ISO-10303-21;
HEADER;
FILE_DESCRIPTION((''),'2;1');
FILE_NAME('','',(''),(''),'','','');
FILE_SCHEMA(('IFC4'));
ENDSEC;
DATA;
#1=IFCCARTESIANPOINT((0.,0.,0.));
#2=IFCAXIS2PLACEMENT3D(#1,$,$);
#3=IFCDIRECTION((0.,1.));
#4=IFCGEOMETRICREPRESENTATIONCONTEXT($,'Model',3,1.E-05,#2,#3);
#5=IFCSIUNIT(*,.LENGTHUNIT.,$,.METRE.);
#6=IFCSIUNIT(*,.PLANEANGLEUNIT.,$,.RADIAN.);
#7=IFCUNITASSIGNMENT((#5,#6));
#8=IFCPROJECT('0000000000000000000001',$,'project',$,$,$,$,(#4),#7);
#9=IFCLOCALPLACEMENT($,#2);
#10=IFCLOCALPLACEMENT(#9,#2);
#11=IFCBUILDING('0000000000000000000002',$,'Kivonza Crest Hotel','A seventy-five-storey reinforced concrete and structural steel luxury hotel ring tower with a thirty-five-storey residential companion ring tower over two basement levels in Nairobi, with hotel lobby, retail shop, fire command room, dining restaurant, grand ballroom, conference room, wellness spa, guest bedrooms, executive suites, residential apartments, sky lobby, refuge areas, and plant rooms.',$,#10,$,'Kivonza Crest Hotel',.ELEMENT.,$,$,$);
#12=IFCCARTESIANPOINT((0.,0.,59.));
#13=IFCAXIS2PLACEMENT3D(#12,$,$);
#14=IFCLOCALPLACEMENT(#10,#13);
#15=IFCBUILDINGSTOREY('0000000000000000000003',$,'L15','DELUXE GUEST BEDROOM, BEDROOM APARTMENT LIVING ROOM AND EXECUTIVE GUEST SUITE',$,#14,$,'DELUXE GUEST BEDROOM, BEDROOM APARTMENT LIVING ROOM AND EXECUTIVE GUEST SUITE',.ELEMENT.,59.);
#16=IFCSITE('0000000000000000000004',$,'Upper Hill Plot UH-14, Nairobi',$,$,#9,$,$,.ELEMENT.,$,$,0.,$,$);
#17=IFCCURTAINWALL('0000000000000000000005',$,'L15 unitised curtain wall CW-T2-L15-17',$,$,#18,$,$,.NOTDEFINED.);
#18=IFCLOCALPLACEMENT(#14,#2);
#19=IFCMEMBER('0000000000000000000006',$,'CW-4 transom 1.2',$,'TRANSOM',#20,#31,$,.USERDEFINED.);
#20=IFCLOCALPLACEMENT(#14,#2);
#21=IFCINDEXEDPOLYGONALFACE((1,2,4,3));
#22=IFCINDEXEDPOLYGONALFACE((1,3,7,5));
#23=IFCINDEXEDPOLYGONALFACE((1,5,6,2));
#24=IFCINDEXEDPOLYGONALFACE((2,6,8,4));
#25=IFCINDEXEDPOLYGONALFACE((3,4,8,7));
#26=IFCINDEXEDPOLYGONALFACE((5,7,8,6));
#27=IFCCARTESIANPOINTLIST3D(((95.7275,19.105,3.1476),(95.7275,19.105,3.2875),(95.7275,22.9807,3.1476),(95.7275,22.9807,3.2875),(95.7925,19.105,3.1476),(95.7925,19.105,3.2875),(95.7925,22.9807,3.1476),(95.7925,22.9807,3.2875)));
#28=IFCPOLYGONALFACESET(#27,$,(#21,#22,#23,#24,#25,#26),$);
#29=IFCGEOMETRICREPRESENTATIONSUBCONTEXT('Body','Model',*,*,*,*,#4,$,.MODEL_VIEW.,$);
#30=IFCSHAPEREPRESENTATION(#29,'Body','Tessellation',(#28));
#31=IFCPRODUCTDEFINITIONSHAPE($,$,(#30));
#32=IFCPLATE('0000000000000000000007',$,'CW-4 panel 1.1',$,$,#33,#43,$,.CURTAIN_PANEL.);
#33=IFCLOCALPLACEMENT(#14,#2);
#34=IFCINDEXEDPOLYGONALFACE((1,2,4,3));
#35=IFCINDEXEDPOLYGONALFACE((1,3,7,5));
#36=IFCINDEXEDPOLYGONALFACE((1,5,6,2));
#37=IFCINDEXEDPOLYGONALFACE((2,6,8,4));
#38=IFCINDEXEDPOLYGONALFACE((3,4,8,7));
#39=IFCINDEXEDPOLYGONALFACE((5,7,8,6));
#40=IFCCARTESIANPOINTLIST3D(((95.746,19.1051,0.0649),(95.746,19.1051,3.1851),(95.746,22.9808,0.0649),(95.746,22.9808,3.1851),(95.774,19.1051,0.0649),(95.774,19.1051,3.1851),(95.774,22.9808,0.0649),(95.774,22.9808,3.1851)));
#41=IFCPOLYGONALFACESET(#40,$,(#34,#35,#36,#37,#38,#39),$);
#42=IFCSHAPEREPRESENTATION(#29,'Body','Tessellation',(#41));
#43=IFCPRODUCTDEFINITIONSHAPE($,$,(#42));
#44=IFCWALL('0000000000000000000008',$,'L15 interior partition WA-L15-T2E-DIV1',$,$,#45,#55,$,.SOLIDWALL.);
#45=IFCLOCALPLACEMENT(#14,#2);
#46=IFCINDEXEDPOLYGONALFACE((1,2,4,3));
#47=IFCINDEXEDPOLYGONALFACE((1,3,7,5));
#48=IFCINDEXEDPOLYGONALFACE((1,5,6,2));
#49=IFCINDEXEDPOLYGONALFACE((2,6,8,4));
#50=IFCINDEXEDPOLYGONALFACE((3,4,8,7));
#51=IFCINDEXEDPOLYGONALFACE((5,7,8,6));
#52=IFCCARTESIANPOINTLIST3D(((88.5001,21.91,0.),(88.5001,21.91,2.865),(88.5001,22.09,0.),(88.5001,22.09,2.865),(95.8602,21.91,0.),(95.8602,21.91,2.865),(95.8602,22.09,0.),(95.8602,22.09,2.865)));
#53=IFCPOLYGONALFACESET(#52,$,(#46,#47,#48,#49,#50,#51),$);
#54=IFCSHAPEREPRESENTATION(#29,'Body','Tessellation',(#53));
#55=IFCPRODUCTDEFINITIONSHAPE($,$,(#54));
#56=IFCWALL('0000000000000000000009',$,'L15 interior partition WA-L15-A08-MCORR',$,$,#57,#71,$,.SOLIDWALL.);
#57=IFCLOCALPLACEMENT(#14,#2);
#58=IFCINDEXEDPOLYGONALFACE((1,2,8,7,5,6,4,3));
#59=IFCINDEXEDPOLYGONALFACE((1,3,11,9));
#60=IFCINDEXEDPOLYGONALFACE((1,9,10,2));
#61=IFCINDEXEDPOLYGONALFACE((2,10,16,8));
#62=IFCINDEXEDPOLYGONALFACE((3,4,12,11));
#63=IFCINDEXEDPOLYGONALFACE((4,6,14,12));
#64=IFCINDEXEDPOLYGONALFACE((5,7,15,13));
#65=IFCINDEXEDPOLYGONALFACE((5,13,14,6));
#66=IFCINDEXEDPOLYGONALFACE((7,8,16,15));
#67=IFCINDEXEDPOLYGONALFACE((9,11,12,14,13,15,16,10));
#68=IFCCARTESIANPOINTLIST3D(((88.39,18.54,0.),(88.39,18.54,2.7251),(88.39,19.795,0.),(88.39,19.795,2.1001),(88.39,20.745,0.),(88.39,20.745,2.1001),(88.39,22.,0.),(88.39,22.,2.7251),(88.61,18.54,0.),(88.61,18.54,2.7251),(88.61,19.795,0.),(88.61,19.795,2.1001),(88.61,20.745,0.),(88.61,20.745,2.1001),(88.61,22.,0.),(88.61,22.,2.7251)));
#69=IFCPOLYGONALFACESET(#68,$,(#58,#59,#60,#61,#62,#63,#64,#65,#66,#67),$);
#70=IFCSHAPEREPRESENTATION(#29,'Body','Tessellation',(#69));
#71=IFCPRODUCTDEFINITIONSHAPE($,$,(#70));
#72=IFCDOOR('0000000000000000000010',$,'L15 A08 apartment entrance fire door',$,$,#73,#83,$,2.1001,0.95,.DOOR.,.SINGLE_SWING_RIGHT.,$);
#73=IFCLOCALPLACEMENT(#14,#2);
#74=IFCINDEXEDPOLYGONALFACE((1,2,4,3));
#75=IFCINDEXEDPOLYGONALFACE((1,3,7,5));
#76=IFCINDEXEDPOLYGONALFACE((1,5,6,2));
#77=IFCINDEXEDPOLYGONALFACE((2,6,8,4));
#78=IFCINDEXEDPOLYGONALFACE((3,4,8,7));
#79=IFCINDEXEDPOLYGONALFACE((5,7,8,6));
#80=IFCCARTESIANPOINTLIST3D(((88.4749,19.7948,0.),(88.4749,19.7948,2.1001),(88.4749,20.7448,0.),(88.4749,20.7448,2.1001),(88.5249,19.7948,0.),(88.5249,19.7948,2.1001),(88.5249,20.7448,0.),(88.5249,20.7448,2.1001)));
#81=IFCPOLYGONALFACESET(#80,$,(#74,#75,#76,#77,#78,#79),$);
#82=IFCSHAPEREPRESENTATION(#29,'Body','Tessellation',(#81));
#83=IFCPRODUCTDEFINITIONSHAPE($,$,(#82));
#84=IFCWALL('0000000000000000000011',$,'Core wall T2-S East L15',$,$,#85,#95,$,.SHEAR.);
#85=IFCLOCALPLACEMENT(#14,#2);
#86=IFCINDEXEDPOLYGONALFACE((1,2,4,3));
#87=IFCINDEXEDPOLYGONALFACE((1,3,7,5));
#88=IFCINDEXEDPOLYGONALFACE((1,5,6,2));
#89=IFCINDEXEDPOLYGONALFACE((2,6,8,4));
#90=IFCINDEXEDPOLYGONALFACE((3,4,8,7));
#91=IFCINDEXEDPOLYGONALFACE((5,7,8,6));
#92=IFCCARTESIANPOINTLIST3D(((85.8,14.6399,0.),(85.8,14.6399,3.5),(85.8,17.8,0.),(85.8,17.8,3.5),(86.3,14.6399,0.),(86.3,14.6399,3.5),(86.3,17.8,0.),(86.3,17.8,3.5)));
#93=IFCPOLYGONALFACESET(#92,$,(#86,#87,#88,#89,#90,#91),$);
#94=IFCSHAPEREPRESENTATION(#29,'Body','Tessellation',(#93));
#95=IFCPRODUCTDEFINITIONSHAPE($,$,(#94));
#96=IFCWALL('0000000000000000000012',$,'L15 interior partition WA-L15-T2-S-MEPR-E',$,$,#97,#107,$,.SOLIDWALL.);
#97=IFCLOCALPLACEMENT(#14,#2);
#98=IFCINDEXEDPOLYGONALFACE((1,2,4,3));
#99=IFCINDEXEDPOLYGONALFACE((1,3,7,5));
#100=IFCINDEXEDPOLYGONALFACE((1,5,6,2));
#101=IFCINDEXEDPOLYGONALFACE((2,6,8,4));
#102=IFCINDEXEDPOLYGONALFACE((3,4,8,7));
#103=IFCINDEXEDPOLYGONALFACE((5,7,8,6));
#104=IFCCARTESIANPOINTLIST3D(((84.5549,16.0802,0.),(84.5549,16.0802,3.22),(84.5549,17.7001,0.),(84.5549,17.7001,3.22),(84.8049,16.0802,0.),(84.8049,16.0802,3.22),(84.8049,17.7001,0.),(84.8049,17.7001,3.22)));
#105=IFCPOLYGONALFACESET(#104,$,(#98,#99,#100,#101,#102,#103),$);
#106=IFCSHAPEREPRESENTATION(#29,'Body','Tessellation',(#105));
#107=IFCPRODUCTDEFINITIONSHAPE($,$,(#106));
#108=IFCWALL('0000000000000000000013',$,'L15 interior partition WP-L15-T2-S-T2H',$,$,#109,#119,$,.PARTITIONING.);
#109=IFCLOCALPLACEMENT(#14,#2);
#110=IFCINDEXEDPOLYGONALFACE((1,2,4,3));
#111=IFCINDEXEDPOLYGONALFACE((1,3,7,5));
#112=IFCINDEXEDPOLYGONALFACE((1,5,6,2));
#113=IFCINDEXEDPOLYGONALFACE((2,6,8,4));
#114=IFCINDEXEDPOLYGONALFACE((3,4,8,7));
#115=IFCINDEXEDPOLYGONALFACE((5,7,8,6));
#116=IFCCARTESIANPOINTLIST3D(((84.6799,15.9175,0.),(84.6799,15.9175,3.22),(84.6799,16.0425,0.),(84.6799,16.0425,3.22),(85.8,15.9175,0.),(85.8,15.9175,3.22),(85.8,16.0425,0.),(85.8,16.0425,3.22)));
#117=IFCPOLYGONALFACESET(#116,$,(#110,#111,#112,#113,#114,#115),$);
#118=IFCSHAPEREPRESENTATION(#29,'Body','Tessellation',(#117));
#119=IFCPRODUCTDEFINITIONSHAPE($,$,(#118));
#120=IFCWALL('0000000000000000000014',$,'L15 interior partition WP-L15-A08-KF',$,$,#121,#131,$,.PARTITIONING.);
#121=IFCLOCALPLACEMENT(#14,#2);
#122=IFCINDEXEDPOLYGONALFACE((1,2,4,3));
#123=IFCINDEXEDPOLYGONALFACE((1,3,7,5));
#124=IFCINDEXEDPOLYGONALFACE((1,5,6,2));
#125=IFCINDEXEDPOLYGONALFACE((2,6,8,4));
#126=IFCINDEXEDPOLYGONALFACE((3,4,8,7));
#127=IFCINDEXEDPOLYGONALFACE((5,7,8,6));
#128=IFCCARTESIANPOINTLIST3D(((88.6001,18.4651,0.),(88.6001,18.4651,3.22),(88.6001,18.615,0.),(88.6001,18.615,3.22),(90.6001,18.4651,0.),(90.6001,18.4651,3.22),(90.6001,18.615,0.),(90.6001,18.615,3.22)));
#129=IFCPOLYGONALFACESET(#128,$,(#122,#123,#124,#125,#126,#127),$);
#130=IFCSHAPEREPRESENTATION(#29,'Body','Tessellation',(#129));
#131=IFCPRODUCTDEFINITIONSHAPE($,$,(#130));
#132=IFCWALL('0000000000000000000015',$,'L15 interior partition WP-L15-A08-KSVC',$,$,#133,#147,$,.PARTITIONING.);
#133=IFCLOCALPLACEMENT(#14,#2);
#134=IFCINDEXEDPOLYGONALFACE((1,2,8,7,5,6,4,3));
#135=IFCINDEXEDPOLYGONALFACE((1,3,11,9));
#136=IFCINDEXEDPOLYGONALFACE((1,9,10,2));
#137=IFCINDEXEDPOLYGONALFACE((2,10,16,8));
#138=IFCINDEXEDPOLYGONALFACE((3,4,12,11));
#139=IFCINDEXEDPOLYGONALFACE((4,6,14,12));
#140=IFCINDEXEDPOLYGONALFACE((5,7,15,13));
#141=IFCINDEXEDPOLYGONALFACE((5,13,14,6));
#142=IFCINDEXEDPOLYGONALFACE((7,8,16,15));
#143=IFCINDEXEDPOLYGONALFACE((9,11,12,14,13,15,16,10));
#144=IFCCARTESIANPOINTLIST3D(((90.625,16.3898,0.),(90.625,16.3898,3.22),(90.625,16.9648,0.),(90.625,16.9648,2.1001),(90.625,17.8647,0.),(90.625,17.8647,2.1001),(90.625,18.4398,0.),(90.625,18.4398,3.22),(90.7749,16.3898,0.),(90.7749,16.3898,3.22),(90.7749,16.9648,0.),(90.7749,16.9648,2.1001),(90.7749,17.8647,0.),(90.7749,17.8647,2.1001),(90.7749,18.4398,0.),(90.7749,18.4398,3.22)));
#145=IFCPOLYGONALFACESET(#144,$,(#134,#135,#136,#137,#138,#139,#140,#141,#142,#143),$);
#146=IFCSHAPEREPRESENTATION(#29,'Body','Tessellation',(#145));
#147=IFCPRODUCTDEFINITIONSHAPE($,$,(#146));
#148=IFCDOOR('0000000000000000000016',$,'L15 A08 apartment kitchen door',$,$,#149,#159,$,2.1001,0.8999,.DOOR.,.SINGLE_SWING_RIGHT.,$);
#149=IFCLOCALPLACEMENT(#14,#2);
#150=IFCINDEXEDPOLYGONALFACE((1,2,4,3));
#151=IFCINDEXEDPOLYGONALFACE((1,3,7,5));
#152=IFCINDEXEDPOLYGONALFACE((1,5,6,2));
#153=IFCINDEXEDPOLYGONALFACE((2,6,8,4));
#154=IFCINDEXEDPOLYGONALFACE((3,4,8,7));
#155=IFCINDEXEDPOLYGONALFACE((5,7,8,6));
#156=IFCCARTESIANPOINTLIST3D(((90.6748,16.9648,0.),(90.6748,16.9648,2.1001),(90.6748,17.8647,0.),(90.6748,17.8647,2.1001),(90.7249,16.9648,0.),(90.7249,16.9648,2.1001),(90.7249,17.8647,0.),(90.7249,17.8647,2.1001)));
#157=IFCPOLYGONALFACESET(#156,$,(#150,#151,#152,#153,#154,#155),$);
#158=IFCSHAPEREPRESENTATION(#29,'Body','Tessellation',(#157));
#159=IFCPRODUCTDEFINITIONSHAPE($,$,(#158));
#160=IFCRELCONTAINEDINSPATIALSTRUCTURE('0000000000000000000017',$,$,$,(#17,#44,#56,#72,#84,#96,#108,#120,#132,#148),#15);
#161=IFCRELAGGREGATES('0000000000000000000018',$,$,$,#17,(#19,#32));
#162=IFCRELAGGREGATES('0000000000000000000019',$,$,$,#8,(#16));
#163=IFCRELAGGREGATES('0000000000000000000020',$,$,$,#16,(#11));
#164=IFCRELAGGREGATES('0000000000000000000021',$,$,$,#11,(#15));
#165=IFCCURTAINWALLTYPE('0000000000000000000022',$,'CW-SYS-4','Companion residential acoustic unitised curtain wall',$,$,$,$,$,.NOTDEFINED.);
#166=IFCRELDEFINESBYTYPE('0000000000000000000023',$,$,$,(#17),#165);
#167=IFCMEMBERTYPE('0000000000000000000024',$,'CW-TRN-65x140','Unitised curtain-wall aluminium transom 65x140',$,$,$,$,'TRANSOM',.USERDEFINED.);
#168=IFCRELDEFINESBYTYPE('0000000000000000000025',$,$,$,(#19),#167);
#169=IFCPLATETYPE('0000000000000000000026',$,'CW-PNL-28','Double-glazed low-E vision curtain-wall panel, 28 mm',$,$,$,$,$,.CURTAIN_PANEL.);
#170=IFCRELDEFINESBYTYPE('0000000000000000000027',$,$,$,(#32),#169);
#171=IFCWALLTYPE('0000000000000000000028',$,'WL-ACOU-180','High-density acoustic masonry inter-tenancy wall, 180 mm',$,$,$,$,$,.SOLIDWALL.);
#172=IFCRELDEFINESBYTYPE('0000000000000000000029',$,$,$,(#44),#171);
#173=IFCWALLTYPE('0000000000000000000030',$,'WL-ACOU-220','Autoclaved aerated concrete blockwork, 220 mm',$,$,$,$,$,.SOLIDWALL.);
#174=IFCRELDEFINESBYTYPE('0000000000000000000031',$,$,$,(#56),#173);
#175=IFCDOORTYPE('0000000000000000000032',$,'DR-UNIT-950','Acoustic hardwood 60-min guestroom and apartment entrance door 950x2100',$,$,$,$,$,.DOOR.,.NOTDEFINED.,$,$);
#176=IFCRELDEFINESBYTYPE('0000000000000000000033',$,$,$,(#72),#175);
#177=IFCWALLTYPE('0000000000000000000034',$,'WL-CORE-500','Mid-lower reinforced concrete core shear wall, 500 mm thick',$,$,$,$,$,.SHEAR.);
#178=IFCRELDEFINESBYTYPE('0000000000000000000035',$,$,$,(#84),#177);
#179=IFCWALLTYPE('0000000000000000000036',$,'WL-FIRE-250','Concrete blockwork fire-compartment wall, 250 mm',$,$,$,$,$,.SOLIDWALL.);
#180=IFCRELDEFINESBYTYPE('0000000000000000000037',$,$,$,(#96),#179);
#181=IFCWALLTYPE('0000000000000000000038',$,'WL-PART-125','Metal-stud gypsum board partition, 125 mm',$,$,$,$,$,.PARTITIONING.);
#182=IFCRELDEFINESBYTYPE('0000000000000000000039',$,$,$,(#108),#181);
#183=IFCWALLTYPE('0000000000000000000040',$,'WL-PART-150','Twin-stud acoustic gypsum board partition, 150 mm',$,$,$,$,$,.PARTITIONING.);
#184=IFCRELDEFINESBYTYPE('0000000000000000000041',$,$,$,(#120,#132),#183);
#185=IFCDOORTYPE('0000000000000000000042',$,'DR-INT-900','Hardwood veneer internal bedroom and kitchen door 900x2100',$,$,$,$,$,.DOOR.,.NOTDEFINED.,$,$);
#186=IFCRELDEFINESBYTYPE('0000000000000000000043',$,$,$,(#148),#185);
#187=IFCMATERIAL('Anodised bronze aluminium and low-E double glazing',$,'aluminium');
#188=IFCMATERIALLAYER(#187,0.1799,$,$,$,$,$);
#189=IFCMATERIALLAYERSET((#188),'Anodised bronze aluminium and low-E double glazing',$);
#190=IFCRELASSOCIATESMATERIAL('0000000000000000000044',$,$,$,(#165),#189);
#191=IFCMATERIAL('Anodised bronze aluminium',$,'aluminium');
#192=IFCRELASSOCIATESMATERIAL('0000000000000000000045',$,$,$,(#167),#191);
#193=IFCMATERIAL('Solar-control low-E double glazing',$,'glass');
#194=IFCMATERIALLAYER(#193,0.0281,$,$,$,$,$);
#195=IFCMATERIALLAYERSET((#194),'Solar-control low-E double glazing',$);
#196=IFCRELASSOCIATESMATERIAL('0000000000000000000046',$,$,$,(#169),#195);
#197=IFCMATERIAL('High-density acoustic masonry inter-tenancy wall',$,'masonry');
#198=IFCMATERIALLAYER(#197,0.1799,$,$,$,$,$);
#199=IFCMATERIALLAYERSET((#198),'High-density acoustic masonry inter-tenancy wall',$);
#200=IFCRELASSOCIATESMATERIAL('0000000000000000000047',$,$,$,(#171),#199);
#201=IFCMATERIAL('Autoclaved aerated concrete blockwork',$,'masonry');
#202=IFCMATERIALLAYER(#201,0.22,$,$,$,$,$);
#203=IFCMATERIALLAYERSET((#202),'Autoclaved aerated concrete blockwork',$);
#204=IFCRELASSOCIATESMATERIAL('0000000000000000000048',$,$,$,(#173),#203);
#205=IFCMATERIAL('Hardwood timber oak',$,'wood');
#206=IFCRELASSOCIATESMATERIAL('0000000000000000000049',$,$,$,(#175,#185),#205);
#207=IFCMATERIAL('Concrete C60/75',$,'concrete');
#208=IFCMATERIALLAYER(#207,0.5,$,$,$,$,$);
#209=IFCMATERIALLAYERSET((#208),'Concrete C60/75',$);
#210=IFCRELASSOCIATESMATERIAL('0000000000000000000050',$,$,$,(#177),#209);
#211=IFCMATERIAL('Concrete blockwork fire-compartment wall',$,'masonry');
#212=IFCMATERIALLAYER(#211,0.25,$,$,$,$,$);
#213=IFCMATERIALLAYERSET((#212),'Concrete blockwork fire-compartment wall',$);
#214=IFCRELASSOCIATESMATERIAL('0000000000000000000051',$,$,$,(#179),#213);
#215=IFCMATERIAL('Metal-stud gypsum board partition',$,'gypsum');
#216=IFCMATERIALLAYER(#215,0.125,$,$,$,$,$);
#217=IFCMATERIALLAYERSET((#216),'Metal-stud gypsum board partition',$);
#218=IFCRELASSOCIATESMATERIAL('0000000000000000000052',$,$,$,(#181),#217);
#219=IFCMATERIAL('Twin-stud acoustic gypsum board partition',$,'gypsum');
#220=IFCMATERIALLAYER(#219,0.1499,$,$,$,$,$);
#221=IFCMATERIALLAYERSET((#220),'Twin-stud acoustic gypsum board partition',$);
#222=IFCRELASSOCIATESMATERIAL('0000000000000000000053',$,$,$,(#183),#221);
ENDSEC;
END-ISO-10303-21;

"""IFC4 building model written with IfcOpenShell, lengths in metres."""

from ifc_helpers import new_model, si_unit, direction, frame, frame_2d, origin, origin_2d, place, context, subcontext, project, spatial, rectangle, extrude, material, layer, layer_set, material_profile, profile_set, type_object, element, fill, aggregate, save


model = new_model("IFC4")

# Units and contexts
model_context = context("Model", 3, precision=1e-05, world=origin(), true_north=direction((0.0, 1.0)))
body_context = subcontext(model_context, "Body", "Model", "MODEL_VIEW")
ifc_project = project(units=[si_unit("LENGTHUNIT", "METRE"), si_unit("PLANEANGLEUNIT", "RADIAN")], contexts=[model_context])

# Site, building, storey
site_placement = place(None, origin())
site = spatial("IfcSite", under=ifc_project, at=site_placement, Name="Upper Hill Plot UH-14, Nairobi", CompositionType="ELEMENT", RefElevation=0.0)
building_placement = place(site_placement, origin())
building = spatial("IfcBuilding", under=site, at=building_placement, Name="Kivonza Crest Hotel", Description="A seventy-five-storey reinforced concrete and structural steel luxury hotel ring tower with a thirty-five-storey residential companion ring tower over two basement levels in Nairobi, with hotel lobby, retail shop, fire command room, dining restaurant, grand ballroom, conference room, wellness spa, guest bedrooms, executive suites, residential apartments, sky lobby, refuge areas, and plant rooms.", LongName="Kivonza Crest Hotel", CompositionType="ELEMENT")
storey_placement = place(building_placement, frame((0.0, 0.0, 59.0)))
storey = spatial("IfcBuildingStorey", under=building, at=storey_placement, Name="L15", Description="DELUXE GUEST BEDROOM, BEDROOM APARTMENT LIVING ROOM AND EXECUTIVE GUEST SUITE", LongName="DELUXE GUEST BEDROOM, BEDROOM APARTMENT LIVING ROOM AND EXECUTIVE GUEST SUITE", CompositionType="ELEMENT", Elevation=59.0)

# Curtain wall, member, plate
ifc_material_1 = material(Name="Anodised bronze aluminium and low-E double glazing", Category="aluminium")
ifc_layer_1 = layer(ifc_material_1, 0.1799)
ifc_layer_set_1 = layer_set([ifc_layer_1], Name="Anodised bronze aluminium and low-E double glazing")
curtain_wall_type = type_object("IfcCurtainWallType", Name="CW-SYS-4", Description="Companion residential acoustic unitised curtain wall", PredefinedType="NOTDEFINED", material=ifc_layer_set_1)
curtain_wall_placement = place(storey_placement, origin())
curtain_wall = element("IfcCurtainWall", 1, at=curtain_wall_placement, inside=storey, type_object=curtain_wall_type, Name="L15 unitised curtain wall CW-T2-L15-17", PredefinedType="NOTDEFINED")
ifc_material_2 = material(Name="Anodised bronze aluminium", Category="aluminium")
ifc_material_profile_1 = material_profile(ifc_material_2, rectangle(XDim=0.0649, YDim=0.1399, at=origin_2d()), Name="CW-T 65x140")
ifc_profile_set_1 = profile_set([ifc_material_profile_1], Name="Anodised bronze aluminium")
member_type_1 = type_object("IfcMemberType", Name="CW-TRN-65x140", Description="Unitised curtain-wall aluminium transom 65x140", ElementType="TRANSOM", PredefinedType="USERDEFINED", material=ifc_profile_set_1)
member_1_placement = place(storey_placement, frame((95.76, 19.105, 3.2175), z_axis=(0.0, 1.0, 0.0), x_axis=(-1.0, 0.0, 0.0)))
member_1 = element("IfcMember", 2, at=member_1_placement, type_object=member_type_1, Name="CW-4 transom 1.2", ObjectType="TRANSOM", PredefinedType="USERDEFINED", context=body_context, shape_type="SweptSolid", body=[
    extrude(rectangle(XDim=0.0649, YDim=0.1399, at=origin_2d()), origin(), (0.0, 0.0, 1.0), 3.8757),
])
ifc_material_3 = material(Name="Solar-control low-E double glazing", Category="glass")
ifc_layer_2 = layer(ifc_material_3, 0.0281)
ifc_layer_set_2 = layer_set([ifc_layer_2], Name="Solar-control low-E double glazing")
plate_type = type_object("IfcPlateType", Name="CW-PNL-28", Description="Double-glazed low-E vision curtain-wall panel, 28 mm", PredefinedType="CURTAIN_PANEL", material=ifc_layer_set_2)
plate_placement = place(storey_placement, frame((95.76, 21.043, 0.0649), z_axis=(0.0, 0.0, 1.0), x_axis=(0.0, 1.0, 0.0)))
plate = element("IfcPlate", 3, at=plate_placement, type_object=plate_type, Name="CW-4 panel 1.1", PredefinedType="CURTAIN_PANEL", context=body_context, shape_type="SweptSolid", body=[
    extrude(rectangle(XDim=3.8757, YDim=0.0281, at=origin_2d()), origin(), (0.0, 0.0, 1.0), 3.1201),
])
aggregate(curtain_wall, [member_1, plate])

# Wall
ifc_material_4 = material(Name="High-density acoustic masonry inter-tenancy wall", Category="masonry")
ifc_layer_3 = layer(ifc_material_4, 0.1799)
ifc_layer_set_3 = layer_set([ifc_layer_3], Name="High-density acoustic masonry inter-tenancy wall")
wall_type_1 = type_object("IfcWallType", Name="WL-ACOU-180", Description="High-density acoustic masonry inter-tenancy wall, 180 mm", PredefinedType="SOLIDWALL", material=ifc_layer_set_3)
wall_1_placement = place(storey_placement, frame((88.5, 22.0, 0.0), z_axis=(0.0, 0.0, 1.0), x_axis=(1.0, 0.0, 0.0)))
element("IfcWall", 4, at=wall_1_placement, inside=storey, type_object=wall_type_1, Name="L15 interior partition WA-L15-T2E-DIV1", PredefinedType="SOLIDWALL", context=body_context, shape_type="SweptSolid", body=[
    extrude(rectangle(XDim=7.3601, YDim=0.1799, at=frame_2d((3.6802, 0.0))), origin(), (0.0, 0.0, 1.0), 2.865),
])

# Wall, opening, door
ifc_material_5 = material(Name="Autoclaved aerated concrete blockwork", Category="masonry")
ifc_layer_4 = layer(ifc_material_5, 0.22)
ifc_layer_set_4 = layer_set([ifc_layer_4], Name="Autoclaved aerated concrete blockwork")
wall_type_2 = type_object("IfcWallType", Name="WL-ACOU-220", Description="Autoclaved aerated concrete blockwork, 220 mm", PredefinedType="SOLIDWALL", material=ifc_layer_set_4)
wall_2_placement = place(storey_placement, frame((88.5, 18.54, 0.0), z_axis=(0.0, 0.0, 1.0), x_axis=(0.0, 1.0, 0.0)))
wall_2 = element("IfcWall", 5, at=wall_2_placement, inside=storey, type_object=wall_type_2, Name="L15 interior partition WA-L15-A08-MCORR", PredefinedType="SOLIDWALL", context=body_context, shape_type="SweptSolid", body=[
    extrude(rectangle(XDim=3.46, YDim=0.22, at=frame_2d((1.73, 0.0))), origin(), (0.0, 0.0, 1.0), 2.7251),
])
opening_1_placement = place(wall_2_placement, frame((1.2549, 0.0, 0.0)))
opening_1 = element("IfcOpeningElement", 6, at=opening_1_placement, cuts=wall_2, PredefinedType="OPENING", context=body_context, shape_type="SweptSolid", body=[
    extrude(rectangle(XDim=0.95, YDim=2.1001, at=frame_2d((0.4751, 1.05))), frame((0.0, 0.1201, 0.0), z_axis=(0.0, -1.0, 0.0), x_axis=(1.0, 0.0, 0.0)), (0.0, 0.0, 1.0), 0.24),
])
ifc_material_6 = material(Name="Hardwood timber oak", Category="wood")
door_type_1 = type_object("IfcDoorType", Name="DR-UNIT-950", Description="Acoustic hardwood 60-min guestroom and apartment entrance door 950x2100", OperationType="NOTDEFINED", PredefinedType="DOOR", material=ifc_material_6)
door_1_placement = place(opening_1_placement, frame((0.95, 0.0, 0.0), z_axis=(0.0, 0.0, 1.0), x_axis=(-1.0, 0.0, 0.0)))
door_1 = element("IfcDoor", 7, at=door_1_placement, inside=storey, type_object=door_type_1, Name="L15 A08 apartment entrance fire door", OperationType="SINGLE_SWING_RIGHT", OverallHeight=2.1001, OverallWidth=0.95, PredefinedType="DOOR", context=body_context, shape_type="SweptSolid", body=[
    extrude(rectangle(XDim=0.95, YDim=2.1001, at=frame_2d((0.4751, 1.05))), frame((0.0, 0.0249, 0.0), z_axis=(0.0, -1.0, 0.0), x_axis=(1.0, 0.0, 0.0)), (0.0, 0.0, 1.0), 0.05),
])
fill(opening_1, door_1)

# Walls
ifc_material_7 = material(Name="Concrete C60/75", Category="concrete")
ifc_layer_5 = layer(ifc_material_7, 0.5)
ifc_layer_set_5 = layer_set([ifc_layer_5], Name="Concrete C60/75")
wall_type_3 = type_object("IfcWallType", Name="WL-CORE-500", Description="Mid-lower reinforced concrete core shear wall, 500 mm thick", PredefinedType="SHEAR", material=ifc_layer_set_5)
wall_3_placement = place(storey_placement, frame((86.05, 14.6399, 0.0), z_axis=(0.0, 0.0, 1.0), x_axis=(0.0, 1.0, 0.0)))
element("IfcWall", 8, at=wall_3_placement, inside=storey, type_object=wall_type_3, Name="Core wall T2-S East L15", PredefinedType="SHEAR", context=body_context, shape_type="SweptSolid", body=[
    extrude(rectangle(XDim=3.1602, YDim=0.5, at=frame_2d((1.5801, 0.0))), origin(), (0.0, 0.0, 1.0), 3.5),
])
ifc_material_8 = material(Name="Concrete blockwork fire-compartment wall", Category="masonry")
ifc_layer_6 = layer(ifc_material_8, 0.25)
ifc_layer_set_6 = layer_set([ifc_layer_6], Name="Concrete blockwork fire-compartment wall")
wall_type_4 = type_object("IfcWallType", Name="WL-FIRE-250", Description="Concrete blockwork fire-compartment wall, 250 mm", PredefinedType="SOLIDWALL", material=ifc_layer_set_6)
wall_4_placement = place(storey_placement, frame((84.6799, 16.0801, 0.0), z_axis=(0.0, 0.0, 1.0), x_axis=(0.0, 1.0, 0.0)))
element("IfcWall", 9, at=wall_4_placement, inside=storey, type_object=wall_type_4, Name="L15 interior partition WA-L15-T2-S-MEPR-E", PredefinedType="SOLIDWALL", context=body_context, shape_type="SweptSolid", body=[
    extrude(rectangle(XDim=1.6199, YDim=0.25, at=frame_2d((0.8101, 0.0))), origin(), (0.0, 0.0, 1.0), 3.22),
])
ifc_material_9 = material(Name="Metal-stud gypsum board partition", Category="gypsum")
ifc_layer_7 = layer(ifc_material_9, 0.125)
ifc_layer_set_7 = layer_set([ifc_layer_7], Name="Metal-stud gypsum board partition")
wall_type_5 = type_object("IfcWallType", Name="WL-PART-125", Description="Metal-stud gypsum board partition, 125 mm", PredefinedType="PARTITIONING", material=ifc_layer_set_7)
wall_5_placement = place(storey_placement, frame((84.6799, 15.98, 0.0), z_axis=(0.0, 0.0, 1.0), x_axis=(1.0, 0.0, 0.0)))
element("IfcWall", 10, at=wall_5_placement, inside=storey, type_object=wall_type_5, Name="L15 interior partition WP-L15-T2-S-T2H", PredefinedType="PARTITIONING", context=body_context, shape_type="SweptSolid", body=[
    extrude(rectangle(XDim=1.1201, YDim=0.125, at=frame_2d((0.5601, 0.0))), origin(), (0.0, 0.0, 1.0), 3.22),
])
ifc_material_10 = material(Name="Twin-stud acoustic gypsum board partition", Category="gypsum")
ifc_layer_8 = layer(ifc_material_10, 0.1499)
ifc_layer_set_8 = layer_set([ifc_layer_8], Name="Twin-stud acoustic gypsum board partition")
wall_type_6 = type_object("IfcWallType", Name="WL-PART-150", Description="Twin-stud acoustic gypsum board partition, 150 mm", PredefinedType="PARTITIONING", material=ifc_layer_set_8)
wall_6_placement = place(storey_placement, frame((88.6001, 18.54, 0.0), z_axis=(0.0, 0.0, 1.0), x_axis=(1.0, 0.0, 0.0)))
element("IfcWall", 11, at=wall_6_placement, inside=storey, type_object=wall_type_6, Name="L15 interior partition WP-L15-A08-KF", PredefinedType="PARTITIONING", context=body_context, shape_type="SweptSolid", body=[
    extrude(rectangle(XDim=2.0, YDim=0.1499, at=frame_2d((1.0, 0.0))), origin(), (0.0, 0.0, 1.0), 3.22),
])

# Wall, opening, door
wall_7_placement = place(storey_placement, frame((90.7, 16.3899, 0.0), z_axis=(0.0, 0.0, 1.0), x_axis=(0.0, 1.0, 0.0)))
wall_7 = element("IfcWall", 12, at=wall_7_placement, inside=storey, type_object=wall_type_6, Name="L15 interior partition WP-L15-A08-KSVC", PredefinedType="PARTITIONING", context=body_context, shape_type="SweptSolid", body=[
    extrude(rectangle(XDim=2.05, YDim=0.1499, at=frame_2d((1.0249, 0.0))), origin(), (0.0, 0.0, 1.0), 3.22),
])
opening_2_placement = place(wall_7_placement, frame((0.575, 0.0, 0.0)))
opening_2 = element("IfcOpeningElement", 13, at=opening_2_placement, cuts=wall_7, PredefinedType="OPENING", context=body_context, shape_type="SweptSolid", body=[
    extrude(rectangle(XDim=0.8999, YDim=2.1001, at=frame_2d((0.45, 1.05))), frame((0.0, 0.085, 0.0), z_axis=(0.0, -1.0, 0.0), x_axis=(1.0, 0.0, 0.0)), (0.0, 0.0, 1.0), 0.1699),
])
door_type_2 = type_object("IfcDoorType", Name="DR-INT-900", Description="Hardwood veneer internal bedroom and kitchen door 900x2100", OperationType="NOTDEFINED", PredefinedType="DOOR", material=ifc_material_6)
door_2_placement = place(opening_2_placement, frame((0.8999, 0.0, 0.0), z_axis=(0.0, 0.0, 1.0), x_axis=(-1.0, 0.0, 0.0)))
door_2 = element("IfcDoor", 14, at=door_2_placement, inside=storey, type_object=door_type_2, Name="L15 A08 apartment kitchen door", OperationType="SINGLE_SWING_RIGHT", OverallHeight=2.1001, OverallWidth=0.8999, PredefinedType="DOOR", context=body_context, shape_type="SweptSolid", body=[
    extrude(rectangle(XDim=0.8999, YDim=2.1001, at=frame_2d((0.45, 1.05))), frame((0.0, 0.0249, 0.0), z_axis=(0.0, -1.0, 0.0), x_axis=(1.0, 0.0, 0.0)), (0.0, 0.0, 1.0), 0.05),
])
fill(opening_2, door_2)

save(model, "model.ifc")
